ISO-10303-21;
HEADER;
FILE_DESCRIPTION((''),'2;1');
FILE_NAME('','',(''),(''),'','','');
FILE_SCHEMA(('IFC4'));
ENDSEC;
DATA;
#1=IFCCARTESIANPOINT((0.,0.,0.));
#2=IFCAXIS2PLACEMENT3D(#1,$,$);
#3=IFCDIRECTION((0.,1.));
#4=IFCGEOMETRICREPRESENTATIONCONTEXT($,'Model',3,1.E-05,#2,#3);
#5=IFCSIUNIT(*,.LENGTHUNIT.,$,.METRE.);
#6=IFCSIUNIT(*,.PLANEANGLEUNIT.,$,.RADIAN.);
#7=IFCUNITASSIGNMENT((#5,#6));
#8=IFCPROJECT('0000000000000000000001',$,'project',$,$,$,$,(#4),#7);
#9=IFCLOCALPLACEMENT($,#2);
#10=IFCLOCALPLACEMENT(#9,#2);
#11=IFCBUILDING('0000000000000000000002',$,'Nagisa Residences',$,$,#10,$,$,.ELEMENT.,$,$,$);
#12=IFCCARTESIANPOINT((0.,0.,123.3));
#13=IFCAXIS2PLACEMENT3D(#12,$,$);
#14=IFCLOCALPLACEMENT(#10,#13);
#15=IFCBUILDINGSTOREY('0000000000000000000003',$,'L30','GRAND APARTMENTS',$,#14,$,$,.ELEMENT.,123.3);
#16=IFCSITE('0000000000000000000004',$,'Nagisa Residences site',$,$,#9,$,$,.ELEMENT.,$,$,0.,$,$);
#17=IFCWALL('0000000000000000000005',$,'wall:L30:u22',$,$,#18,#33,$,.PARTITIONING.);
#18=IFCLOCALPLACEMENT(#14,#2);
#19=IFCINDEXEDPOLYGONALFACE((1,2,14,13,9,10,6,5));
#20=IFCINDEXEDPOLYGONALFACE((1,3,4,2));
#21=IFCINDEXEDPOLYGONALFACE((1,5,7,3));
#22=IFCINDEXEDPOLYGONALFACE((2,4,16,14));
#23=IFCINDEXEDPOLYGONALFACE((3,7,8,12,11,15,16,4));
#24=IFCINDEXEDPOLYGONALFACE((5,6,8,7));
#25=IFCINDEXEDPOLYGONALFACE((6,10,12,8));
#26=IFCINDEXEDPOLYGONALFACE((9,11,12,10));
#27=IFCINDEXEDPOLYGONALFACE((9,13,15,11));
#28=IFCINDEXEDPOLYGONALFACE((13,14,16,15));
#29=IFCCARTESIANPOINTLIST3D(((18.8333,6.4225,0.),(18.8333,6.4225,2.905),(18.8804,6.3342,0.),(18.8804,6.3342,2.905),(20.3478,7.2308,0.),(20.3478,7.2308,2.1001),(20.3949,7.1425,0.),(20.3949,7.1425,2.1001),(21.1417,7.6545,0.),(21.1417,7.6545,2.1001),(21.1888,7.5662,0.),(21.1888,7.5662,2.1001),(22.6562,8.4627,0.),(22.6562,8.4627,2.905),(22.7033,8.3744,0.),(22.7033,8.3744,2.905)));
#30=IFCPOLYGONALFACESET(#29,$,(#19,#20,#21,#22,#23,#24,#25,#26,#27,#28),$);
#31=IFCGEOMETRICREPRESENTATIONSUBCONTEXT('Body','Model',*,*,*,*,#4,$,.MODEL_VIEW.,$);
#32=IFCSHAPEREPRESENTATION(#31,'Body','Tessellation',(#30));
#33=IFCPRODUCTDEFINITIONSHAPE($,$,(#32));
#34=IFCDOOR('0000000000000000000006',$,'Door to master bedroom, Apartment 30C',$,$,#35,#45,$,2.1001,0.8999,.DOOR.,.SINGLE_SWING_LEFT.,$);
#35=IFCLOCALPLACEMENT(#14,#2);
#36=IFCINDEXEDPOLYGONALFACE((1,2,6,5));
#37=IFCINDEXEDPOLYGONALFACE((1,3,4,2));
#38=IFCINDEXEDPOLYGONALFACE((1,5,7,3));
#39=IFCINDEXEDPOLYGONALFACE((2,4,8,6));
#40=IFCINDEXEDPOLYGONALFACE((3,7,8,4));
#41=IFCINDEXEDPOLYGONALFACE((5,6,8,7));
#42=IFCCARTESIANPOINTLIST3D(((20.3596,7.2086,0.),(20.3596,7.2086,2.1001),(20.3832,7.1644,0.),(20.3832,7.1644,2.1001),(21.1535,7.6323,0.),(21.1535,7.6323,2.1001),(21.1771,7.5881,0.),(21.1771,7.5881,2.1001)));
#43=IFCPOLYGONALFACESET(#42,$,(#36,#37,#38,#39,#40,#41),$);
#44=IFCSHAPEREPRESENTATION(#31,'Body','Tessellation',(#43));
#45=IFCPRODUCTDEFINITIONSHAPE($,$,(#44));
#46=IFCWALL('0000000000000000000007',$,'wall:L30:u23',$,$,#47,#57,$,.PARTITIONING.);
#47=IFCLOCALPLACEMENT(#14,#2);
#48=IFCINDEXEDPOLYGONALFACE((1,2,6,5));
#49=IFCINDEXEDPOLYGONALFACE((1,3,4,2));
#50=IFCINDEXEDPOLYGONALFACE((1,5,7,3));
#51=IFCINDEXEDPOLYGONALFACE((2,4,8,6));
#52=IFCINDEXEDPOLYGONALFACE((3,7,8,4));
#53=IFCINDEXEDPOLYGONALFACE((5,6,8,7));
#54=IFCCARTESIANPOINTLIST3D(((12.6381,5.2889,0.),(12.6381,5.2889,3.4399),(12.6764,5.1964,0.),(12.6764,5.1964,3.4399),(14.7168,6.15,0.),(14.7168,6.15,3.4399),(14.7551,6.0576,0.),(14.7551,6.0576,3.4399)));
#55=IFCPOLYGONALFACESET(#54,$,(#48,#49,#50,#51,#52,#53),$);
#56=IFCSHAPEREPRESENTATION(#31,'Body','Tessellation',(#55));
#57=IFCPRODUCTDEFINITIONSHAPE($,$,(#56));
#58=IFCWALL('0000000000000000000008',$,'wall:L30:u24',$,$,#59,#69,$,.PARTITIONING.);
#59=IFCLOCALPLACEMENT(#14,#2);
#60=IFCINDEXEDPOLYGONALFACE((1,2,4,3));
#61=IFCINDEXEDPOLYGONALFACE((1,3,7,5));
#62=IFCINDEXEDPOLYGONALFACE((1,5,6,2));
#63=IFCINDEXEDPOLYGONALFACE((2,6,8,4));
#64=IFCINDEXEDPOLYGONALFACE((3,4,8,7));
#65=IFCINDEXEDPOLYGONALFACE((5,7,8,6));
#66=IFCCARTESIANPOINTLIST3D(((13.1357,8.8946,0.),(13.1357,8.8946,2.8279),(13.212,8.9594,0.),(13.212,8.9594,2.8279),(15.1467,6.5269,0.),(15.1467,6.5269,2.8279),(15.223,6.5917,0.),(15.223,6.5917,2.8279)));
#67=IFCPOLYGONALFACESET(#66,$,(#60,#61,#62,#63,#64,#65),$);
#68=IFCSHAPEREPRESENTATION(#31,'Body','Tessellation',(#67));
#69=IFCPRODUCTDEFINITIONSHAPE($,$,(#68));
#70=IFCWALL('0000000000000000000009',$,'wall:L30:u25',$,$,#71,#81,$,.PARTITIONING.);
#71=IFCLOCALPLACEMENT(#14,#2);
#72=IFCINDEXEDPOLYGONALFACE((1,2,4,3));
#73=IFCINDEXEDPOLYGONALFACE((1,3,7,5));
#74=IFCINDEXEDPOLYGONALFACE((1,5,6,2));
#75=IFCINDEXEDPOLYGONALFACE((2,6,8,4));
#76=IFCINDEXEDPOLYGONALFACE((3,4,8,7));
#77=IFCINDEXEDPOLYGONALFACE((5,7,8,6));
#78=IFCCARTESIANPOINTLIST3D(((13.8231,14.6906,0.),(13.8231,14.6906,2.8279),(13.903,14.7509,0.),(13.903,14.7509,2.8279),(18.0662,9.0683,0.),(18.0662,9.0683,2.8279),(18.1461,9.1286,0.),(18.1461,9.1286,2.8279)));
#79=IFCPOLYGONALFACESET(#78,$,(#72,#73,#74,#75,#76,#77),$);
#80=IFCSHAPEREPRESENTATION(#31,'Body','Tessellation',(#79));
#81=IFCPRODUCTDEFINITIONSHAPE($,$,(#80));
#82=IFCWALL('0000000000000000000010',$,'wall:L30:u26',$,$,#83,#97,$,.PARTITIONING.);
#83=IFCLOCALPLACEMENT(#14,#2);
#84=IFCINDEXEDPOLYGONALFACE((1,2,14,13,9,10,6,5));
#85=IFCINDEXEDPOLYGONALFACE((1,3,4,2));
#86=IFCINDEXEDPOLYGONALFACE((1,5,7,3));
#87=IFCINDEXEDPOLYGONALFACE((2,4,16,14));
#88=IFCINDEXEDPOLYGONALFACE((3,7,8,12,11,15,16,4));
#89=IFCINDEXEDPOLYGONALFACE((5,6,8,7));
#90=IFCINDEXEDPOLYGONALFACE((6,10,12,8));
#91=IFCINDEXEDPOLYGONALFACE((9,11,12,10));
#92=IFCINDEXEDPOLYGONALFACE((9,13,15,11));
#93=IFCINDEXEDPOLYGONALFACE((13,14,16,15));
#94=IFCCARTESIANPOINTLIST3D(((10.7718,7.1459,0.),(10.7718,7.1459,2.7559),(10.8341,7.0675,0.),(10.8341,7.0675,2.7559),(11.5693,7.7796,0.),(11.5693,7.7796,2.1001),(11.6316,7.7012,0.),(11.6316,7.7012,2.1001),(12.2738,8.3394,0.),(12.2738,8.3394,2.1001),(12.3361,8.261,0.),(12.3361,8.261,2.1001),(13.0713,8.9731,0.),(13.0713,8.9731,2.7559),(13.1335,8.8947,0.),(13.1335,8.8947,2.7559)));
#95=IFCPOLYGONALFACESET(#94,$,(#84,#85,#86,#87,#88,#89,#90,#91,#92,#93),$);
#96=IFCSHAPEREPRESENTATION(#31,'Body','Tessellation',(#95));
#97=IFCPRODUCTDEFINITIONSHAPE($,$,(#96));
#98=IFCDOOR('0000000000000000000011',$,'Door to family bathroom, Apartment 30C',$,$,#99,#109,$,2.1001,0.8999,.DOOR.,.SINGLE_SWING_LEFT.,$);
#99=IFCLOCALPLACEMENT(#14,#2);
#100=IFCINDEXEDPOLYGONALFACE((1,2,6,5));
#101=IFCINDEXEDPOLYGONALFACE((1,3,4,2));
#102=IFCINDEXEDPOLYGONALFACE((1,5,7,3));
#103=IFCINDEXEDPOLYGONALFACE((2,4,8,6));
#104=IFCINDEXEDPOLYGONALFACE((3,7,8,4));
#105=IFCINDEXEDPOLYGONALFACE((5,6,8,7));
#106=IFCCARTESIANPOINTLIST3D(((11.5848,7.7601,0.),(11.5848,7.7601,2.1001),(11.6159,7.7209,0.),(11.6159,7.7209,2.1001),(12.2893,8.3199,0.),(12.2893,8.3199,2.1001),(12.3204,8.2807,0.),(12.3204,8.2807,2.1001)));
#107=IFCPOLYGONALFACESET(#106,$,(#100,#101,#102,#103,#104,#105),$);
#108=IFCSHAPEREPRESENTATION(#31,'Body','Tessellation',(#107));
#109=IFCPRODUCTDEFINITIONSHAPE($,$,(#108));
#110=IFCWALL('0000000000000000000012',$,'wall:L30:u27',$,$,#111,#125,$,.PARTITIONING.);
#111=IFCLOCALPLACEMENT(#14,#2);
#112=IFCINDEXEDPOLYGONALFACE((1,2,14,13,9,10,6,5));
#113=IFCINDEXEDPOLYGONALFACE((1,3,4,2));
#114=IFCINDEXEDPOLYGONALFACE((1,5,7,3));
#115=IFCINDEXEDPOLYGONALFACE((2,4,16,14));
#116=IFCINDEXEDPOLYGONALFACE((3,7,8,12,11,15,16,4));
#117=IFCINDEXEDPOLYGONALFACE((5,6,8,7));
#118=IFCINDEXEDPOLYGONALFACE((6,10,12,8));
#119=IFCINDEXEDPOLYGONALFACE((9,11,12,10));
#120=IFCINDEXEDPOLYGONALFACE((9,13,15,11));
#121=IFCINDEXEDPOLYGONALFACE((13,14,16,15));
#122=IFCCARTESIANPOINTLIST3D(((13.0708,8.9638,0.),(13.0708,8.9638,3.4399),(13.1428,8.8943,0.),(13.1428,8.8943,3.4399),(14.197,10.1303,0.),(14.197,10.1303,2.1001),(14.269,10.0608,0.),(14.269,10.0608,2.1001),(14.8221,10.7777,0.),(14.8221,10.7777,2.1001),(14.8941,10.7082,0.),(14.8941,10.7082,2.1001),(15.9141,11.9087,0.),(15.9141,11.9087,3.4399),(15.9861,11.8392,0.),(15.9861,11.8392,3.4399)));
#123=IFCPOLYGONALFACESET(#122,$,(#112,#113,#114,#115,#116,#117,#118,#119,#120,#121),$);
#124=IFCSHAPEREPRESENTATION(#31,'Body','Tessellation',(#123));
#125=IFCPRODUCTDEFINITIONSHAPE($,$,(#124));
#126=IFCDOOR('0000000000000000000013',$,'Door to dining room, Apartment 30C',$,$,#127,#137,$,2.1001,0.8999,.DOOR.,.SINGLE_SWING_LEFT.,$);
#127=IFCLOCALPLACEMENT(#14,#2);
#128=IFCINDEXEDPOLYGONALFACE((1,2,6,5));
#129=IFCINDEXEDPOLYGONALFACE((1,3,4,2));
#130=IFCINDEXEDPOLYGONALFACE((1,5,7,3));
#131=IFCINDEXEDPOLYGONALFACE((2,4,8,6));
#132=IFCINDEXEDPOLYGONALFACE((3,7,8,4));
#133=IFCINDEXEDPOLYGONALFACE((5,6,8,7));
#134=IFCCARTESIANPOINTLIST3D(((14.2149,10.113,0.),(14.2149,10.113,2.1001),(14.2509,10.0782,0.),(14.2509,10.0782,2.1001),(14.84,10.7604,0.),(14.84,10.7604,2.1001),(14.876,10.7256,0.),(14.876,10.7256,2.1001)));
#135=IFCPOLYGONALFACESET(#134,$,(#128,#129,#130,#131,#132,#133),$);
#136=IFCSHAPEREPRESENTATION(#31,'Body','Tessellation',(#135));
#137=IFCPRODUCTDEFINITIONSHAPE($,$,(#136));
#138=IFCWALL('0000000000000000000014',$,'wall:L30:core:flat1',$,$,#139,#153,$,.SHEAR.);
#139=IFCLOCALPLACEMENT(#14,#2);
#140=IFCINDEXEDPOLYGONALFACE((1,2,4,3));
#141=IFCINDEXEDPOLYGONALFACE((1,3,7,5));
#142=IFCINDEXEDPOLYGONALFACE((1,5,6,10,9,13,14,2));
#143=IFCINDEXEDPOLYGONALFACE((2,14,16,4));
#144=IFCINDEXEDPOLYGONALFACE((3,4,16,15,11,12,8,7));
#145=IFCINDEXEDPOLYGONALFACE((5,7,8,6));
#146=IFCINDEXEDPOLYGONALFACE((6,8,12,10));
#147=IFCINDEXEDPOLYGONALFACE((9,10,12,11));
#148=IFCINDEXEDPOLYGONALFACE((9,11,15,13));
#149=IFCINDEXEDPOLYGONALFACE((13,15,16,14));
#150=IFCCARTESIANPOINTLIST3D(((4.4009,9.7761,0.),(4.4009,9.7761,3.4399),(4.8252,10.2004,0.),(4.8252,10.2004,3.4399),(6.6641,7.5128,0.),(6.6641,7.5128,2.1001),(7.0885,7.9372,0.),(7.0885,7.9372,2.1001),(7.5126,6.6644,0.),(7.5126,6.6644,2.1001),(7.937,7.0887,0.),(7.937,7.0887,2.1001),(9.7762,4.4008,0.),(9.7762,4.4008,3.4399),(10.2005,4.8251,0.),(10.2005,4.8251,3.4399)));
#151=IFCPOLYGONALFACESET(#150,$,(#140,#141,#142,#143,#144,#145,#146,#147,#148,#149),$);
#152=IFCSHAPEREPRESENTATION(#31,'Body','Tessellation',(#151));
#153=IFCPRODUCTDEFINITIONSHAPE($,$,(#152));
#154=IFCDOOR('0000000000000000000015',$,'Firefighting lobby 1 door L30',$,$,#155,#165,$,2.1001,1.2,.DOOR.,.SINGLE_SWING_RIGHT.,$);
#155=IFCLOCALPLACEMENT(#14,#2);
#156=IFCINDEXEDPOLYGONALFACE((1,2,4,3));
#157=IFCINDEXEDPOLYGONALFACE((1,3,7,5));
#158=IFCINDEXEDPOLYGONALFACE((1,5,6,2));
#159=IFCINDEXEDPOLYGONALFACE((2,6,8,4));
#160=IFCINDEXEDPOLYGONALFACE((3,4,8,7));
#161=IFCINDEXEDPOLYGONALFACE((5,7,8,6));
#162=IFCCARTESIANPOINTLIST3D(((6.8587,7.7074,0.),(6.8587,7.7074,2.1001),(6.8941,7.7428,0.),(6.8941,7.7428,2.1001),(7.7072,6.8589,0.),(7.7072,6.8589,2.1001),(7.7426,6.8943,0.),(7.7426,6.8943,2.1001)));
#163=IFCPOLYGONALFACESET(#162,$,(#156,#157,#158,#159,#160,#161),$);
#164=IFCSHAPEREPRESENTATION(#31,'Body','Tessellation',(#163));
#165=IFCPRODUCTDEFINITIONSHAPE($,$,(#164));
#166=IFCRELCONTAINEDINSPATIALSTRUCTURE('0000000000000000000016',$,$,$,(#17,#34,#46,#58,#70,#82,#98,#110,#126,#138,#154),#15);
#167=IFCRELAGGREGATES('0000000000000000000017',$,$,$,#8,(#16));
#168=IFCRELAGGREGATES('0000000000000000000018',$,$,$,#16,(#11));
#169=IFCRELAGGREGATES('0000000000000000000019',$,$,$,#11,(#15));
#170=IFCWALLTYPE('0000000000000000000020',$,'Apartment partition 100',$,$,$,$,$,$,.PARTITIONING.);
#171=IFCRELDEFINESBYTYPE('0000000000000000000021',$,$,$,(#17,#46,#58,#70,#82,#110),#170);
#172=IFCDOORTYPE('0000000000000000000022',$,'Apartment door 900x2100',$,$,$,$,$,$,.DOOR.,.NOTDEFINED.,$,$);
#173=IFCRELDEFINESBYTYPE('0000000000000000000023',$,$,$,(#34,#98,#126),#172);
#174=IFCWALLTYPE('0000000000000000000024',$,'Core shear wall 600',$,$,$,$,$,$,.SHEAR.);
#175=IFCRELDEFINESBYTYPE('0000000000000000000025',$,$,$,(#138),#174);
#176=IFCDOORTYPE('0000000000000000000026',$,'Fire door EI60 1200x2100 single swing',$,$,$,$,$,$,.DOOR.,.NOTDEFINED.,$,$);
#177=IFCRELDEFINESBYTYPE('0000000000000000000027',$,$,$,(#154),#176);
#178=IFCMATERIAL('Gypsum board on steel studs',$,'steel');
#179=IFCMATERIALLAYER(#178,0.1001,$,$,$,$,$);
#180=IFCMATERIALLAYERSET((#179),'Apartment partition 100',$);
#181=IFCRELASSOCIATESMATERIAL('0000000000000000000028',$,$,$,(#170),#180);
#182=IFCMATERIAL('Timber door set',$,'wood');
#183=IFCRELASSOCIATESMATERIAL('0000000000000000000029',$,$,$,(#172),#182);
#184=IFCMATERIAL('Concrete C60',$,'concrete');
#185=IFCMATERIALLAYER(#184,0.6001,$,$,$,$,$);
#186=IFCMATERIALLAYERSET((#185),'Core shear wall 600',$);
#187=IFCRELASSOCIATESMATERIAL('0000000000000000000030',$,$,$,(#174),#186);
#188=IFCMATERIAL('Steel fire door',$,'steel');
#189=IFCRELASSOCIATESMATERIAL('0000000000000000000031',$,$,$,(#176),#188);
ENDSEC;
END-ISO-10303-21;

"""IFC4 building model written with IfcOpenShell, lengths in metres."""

from ifc_helpers import new_model, si_unit, direction, frame, frame_2d, origin, place, context, subcontext, project, spatial, rectangle, extrude, material, layer, layer_set, type_object, element, fill, save


model = new_model("IFC4")

# Units and contexts
model_context = context("Model", 3, precision=1e-05, world=origin(), true_north=direction((0.0, 1.0)))
body_context = subcontext(model_context, "Body", "Model", "MODEL_VIEW")
ifc_project = project(units=[si_unit("LENGTHUNIT", "METRE"), si_unit("PLANEANGLEUNIT", "RADIAN")], contexts=[model_context])

# Site, building, storey
site_placement = place(None, origin())
site = spatial("IfcSite", under=ifc_project, at=site_placement, Name="Nagisa Residences site", CompositionType="ELEMENT", RefElevation=0.0)
building_placement = place(site_placement, origin())
building = spatial("IfcBuilding", under=site, at=building_placement, Name="Nagisa Residences", CompositionType="ELEMENT")
storey_placement = place(building_placement, frame((0.0, 0.0, 123.3)))
storey = spatial("IfcBuildingStorey", under=building, at=storey_placement, Name="L30", Description="GRAND APARTMENTS", CompositionType="ELEMENT", Elevation=123.3)

# Shared definitions
ifc_material_1 = material(Name="Gypsum board on steel studs", Category="steel")
ifc_layer_1 = layer(ifc_material_1, 0.1001)
ifc_layer_set_1 = layer_set([ifc_layer_1], Name="Apartment partition 100")
wall_type_1 = type_object("IfcWallType", Name="Apartment partition 100", PredefinedType="PARTITIONING", material=ifc_layer_set_1)
ifc_material_2 = material(Name="Timber door set", Category="wood")
door_type_1 = type_object("IfcDoorType", Name="Apartment door 900x2100", OperationType="NOTDEFINED", PredefinedType="DOOR", material=ifc_material_2)

# Wall, opening, door
wall_1_placement = place(storey_placement, frame((18.8569, 6.3784, 0.0), z_axis=(0.0, 0.0, 1.0), x_axis=(0.882223, 0.470831, 0.0)))
wall_1 = element("IfcWall", 1, at=wall_1_placement, inside=storey, type_object=wall_type_1, Name="wall:L30:u22", PredefinedType="PARTITIONING", context=body_context, shape_type="SweptSolid", body=[
    extrude(rectangle(XDim=4.3333, YDim=0.1001, at=frame_2d((2.1665, 0.0))), origin(), (0.0, 0.0, 1.0), 2.905),
])
opening_1_placement = place(wall_1_placement, frame((1.7166, 0.0, 0.0)))
opening_1 = element("IfcOpeningElement", 2, at=opening_1_placement, cuts=wall_1, PredefinedType="OPENING", context=body_context, shape_type="SweptSolid", body=[
    extrude(rectangle(XDim=0.8999, YDim=2.1001, at=frame_2d((0.45, 1.05))), frame((0.0, 0.0601, 0.0), z_axis=(0.0, -1.0, 0.0), x_axis=(1.0, 0.0, 0.0)), (0.0, 0.0, 1.0), 0.1201),
])
door_1_placement = place(opening_1_placement, origin())
door_1 = element("IfcDoor", 3, at=door_1_placement, inside=storey, type_object=door_type_1, Name="Door to master bedroom, Apartment 30C", OperationType="SINGLE_SWING_LEFT", OverallHeight=2.1001, OverallWidth=0.8999, PredefinedType="DOOR", context=body_context, shape_type="SweptSolid", body=[
    extrude(rectangle(XDim=0.8999, YDim=2.1001, at=frame_2d((0.45, 1.05))), frame((0.0, 0.0249, 0.0), z_axis=(0.0, -1.0, 0.0), x_axis=(1.0, 0.0, 0.0)), (0.0, 0.0, 1.0), 0.05),
])
fill(opening_1, door_1)

# Walls
wall_2_placement = place(storey_placement, frame((12.6572, 5.2427, 0.0), z_axis=(0.0, 0.0, 1.0), x_axis=(0.923865, 0.382719, 0.0)))
element("IfcWall", 4, at=wall_2_placement, inside=storey, type_object=wall_type_1, Name="wall:L30:u23", PredefinedType="PARTITIONING", context=body_context, shape_type="SweptSolid", body=[
    extrude(rectangle(XDim=2.25, YDim=0.1001, at=frame_2d((1.125, 0.0))), origin(), (0.0, 0.0, 1.0), 3.4399),
])
wall_3_placement = place(storey_placement, frame((15.1848, 6.5593, 0.0), z_axis=(0.0, 0.0, 1.0), x_axis=(-0.647361, 0.762184, 0.0)))
element("IfcWall", 5, at=wall_3_placement, inside=storey, type_object=wall_type_1, Name="wall:L30:u24", PredefinedType="PARTITIONING", context=body_context, shape_type="SweptSolid", body=[
    extrude(rectangle(XDim=3.1064, YDim=0.1001, at=frame_2d((1.5532, 0.0))), origin(), (0.0, 0.0, 1.0), 2.8279),
])
wall_4_placement = place(storey_placement, frame((18.1062, 9.0984, 0.0), z_axis=(0.0, 0.0, 1.0), x_axis=(-0.602399, 0.798195, 0.0)))
element("IfcWall", 6, at=wall_4_placement, inside=storey, type_object=wall_type_1, Name="wall:L30:u25", PredefinedType="PARTITIONING", context=body_context, shape_type="SweptSolid", body=[
    extrude(rectangle(XDim=7.0437, YDim=0.1001, at=frame_2d((3.522, 0.0))), origin(), (0.0, 0.0, 1.0), 2.8279),
])

# Walls, openings, doors
wall_5_placement = place(storey_placement, frame((10.803, 7.1067, 0.0), z_axis=(0.0, 0.0, 1.0), x_axis=(0.782908, 0.622137, 0.0)))
wall_5 = element("IfcWall", 7, at=wall_5_placement, inside=storey, type_object=wall_type_1, Name="wall:L30:u26", PredefinedType="PARTITIONING", context=body_context, shape_type="SweptSolid", body=[
    extrude(rectangle(XDim=2.937, YDim=0.1001, at=frame_2d((1.4685, 0.0))), origin(), (0.0, 0.0, 1.0), 2.7559),
])
opening_2_placement = place(wall_5_placement, frame((1.0186, 0.0, 0.0)))
opening_2 = element("IfcOpeningElement", 8, at=opening_2_placement, cuts=wall_5, PredefinedType="OPENING", context=body_context, shape_type="SweptSolid", body=[
    extrude(rectangle(XDim=0.8999, YDim=2.1001, at=frame_2d((0.45, 1.05))), frame((0.0, 0.0601, 0.0), z_axis=(0.0, -1.0, 0.0), x_axis=(1.0, 0.0, 0.0)), (0.0, 0.0, 1.0), 0.1201),
])
door_2_placement = place(opening_2_placement, frame((0.8999, 0.0, 0.0), x_axis=(-1.0, 0.0, 0.0)))
door_2 = element("IfcDoor", 9, at=door_2_placement, inside=storey, type_object=door_type_1, Name="Door to family bathroom, Apartment 30C", OperationType="SINGLE_SWING_LEFT", OverallHeight=2.1001, OverallWidth=0.8999, PredefinedType="DOOR", context=body_context, shape_type="SweptSolid", body=[
    extrude(rectangle(XDim=0.8999, YDim=2.1001, at=frame_2d((0.45, 1.05))), frame((0.0, 0.0249, 0.0), z_axis=(0.0, -1.0, 0.0), x_axis=(1.0, 0.0, 0.0)), (0.0, 0.0, 1.0), 0.05),
])
fill(opening_2, door_2)
wall_6_placement = place(storey_placement, frame((13.1067, 8.929, 0.0), z_axis=(0.0, 0.0, 1.0), x_axis=(0.694592, 0.719404, 0.0)))
wall_6 = element("IfcWall", 10, at=wall_6_placement, inside=storey, type_object=wall_type_1, Name="wall:L30:u27", PredefinedType="PARTITIONING", context=body_context, shape_type="SweptSolid", body=[
    extrude(rectangle(XDim=4.0935, YDim=0.1001, at=frame_2d((2.0469, 0.0))), origin(), (0.0, 0.0, 1.0), 3.4399),
])
opening_3_placement = place(wall_6_placement, frame((1.6216, 0.0, 0.0)))
opening_3 = element("IfcOpeningElement", 11, at=opening_3_placement, cuts=wall_6, PredefinedType="OPENING", context=body_context, shape_type="SweptSolid", body=[
    extrude(rectangle(XDim=0.8999, YDim=2.1001, at=frame_2d((0.45, 1.05))), frame((0.0, 0.0601, 0.0), z_axis=(0.0, -1.0, 0.0), x_axis=(1.0, 0.0, 0.0)), (0.0, 0.0, 1.0), 0.1201),
])
door_3_placement = place(opening_3_placement, frame((0.8999, 0.0, 0.0), x_axis=(-1.0, 0.0, 0.0)))
door_3 = element("IfcDoor", 12, at=door_3_placement, inside=storey, type_object=door_type_1, Name="Door to dining room, Apartment 30C", OperationType="SINGLE_SWING_LEFT", OverallHeight=2.1001, OverallWidth=0.8999, PredefinedType="DOOR", context=body_context, shape_type="SweptSolid", body=[
    extrude(rectangle(XDim=0.8999, YDim=2.1001, at=frame_2d((0.45, 1.05))), frame((0.0, 0.0249, 0.0), z_axis=(0.0, -1.0, 0.0), x_axis=(1.0, 0.0, 0.0)), (0.0, 0.0, 1.0), 0.05),
])
fill(opening_3, door_3)
ifc_material_3 = material(Name="Concrete C60", Category="concrete")
ifc_layer_2 = layer(ifc_material_3, 0.6001)
ifc_layer_set_2 = layer_set([ifc_layer_2], Name="Core shear wall 600")
wall_type_2 = type_object("IfcWallType", Name="Core shear wall 600", PredefinedType="SHEAR", material=ifc_layer_set_2)
wall_7_placement = place(storey_placement, frame((9.9883, 4.613, 0.0), z_axis=(0.0, 0.0, 1.0), x_axis=(-0.707107, 0.707107, 0.0)))
wall_7 = element("IfcWall", 13, at=wall_7_placement, inside=storey, type_object=wall_type_2, Name="wall:L30:core:flat1", PredefinedType="SHEAR", context=body_context, shape_type="SweptSolid", body=[
    extrude(rectangle(XDim=7.6018, YDim=0.6001, at=frame_2d((3.8008, 0.0))), origin(), (0.0, 0.0, 1.0), 3.4399),
])
opening_4_placement = place(wall_7_placement, frame((3.2009, 0.0, 0.0)))
opening_4 = element("IfcOpeningElement", 14, at=opening_4_placement, cuts=wall_7, PredefinedType="OPENING", context=body_context, shape_type="SweptSolid", body=[
    extrude(rectangle(XDim=1.2, YDim=2.1001, at=frame_2d((0.6001, 1.05))), frame((0.0, 0.3101, 0.0), z_axis=(0.0, -1.0, 0.0), x_axis=(1.0, 0.0, 0.0)), (0.0, 0.0, 1.0), 0.6201),
])
ifc_material_4 = material(Name="Steel fire door", Category="steel")
door_type_2 = type_object("IfcDoorType", Name="Fire door EI60 1200x2100 single swing", OperationType="NOTDEFINED", PredefinedType="DOOR", material=ifc_material_4)
door_4_placement = place(opening_4_placement, origin())
door_4 = element("IfcDoor", 15, at=door_4_placement, inside=storey, type_object=door_type_2, Name="Firefighting lobby 1 door L30", OperationType="SINGLE_SWING_RIGHT", OverallHeight=2.1001, OverallWidth=1.2, PredefinedType="DOOR", context=body_context, shape_type="SweptSolid", body=[
    extrude(rectangle(XDim=1.2, YDim=2.1001, at=frame_2d((0.6001, 1.05))), frame((0.0, 0.0249, 0.0), z_axis=(0.0, -1.0, 0.0), x_axis=(1.0, 0.0, 0.0)), (0.0, 0.0, 1.0), 0.05),
])
fill(opening_4, door_4)

save(model, "model.ifc")
